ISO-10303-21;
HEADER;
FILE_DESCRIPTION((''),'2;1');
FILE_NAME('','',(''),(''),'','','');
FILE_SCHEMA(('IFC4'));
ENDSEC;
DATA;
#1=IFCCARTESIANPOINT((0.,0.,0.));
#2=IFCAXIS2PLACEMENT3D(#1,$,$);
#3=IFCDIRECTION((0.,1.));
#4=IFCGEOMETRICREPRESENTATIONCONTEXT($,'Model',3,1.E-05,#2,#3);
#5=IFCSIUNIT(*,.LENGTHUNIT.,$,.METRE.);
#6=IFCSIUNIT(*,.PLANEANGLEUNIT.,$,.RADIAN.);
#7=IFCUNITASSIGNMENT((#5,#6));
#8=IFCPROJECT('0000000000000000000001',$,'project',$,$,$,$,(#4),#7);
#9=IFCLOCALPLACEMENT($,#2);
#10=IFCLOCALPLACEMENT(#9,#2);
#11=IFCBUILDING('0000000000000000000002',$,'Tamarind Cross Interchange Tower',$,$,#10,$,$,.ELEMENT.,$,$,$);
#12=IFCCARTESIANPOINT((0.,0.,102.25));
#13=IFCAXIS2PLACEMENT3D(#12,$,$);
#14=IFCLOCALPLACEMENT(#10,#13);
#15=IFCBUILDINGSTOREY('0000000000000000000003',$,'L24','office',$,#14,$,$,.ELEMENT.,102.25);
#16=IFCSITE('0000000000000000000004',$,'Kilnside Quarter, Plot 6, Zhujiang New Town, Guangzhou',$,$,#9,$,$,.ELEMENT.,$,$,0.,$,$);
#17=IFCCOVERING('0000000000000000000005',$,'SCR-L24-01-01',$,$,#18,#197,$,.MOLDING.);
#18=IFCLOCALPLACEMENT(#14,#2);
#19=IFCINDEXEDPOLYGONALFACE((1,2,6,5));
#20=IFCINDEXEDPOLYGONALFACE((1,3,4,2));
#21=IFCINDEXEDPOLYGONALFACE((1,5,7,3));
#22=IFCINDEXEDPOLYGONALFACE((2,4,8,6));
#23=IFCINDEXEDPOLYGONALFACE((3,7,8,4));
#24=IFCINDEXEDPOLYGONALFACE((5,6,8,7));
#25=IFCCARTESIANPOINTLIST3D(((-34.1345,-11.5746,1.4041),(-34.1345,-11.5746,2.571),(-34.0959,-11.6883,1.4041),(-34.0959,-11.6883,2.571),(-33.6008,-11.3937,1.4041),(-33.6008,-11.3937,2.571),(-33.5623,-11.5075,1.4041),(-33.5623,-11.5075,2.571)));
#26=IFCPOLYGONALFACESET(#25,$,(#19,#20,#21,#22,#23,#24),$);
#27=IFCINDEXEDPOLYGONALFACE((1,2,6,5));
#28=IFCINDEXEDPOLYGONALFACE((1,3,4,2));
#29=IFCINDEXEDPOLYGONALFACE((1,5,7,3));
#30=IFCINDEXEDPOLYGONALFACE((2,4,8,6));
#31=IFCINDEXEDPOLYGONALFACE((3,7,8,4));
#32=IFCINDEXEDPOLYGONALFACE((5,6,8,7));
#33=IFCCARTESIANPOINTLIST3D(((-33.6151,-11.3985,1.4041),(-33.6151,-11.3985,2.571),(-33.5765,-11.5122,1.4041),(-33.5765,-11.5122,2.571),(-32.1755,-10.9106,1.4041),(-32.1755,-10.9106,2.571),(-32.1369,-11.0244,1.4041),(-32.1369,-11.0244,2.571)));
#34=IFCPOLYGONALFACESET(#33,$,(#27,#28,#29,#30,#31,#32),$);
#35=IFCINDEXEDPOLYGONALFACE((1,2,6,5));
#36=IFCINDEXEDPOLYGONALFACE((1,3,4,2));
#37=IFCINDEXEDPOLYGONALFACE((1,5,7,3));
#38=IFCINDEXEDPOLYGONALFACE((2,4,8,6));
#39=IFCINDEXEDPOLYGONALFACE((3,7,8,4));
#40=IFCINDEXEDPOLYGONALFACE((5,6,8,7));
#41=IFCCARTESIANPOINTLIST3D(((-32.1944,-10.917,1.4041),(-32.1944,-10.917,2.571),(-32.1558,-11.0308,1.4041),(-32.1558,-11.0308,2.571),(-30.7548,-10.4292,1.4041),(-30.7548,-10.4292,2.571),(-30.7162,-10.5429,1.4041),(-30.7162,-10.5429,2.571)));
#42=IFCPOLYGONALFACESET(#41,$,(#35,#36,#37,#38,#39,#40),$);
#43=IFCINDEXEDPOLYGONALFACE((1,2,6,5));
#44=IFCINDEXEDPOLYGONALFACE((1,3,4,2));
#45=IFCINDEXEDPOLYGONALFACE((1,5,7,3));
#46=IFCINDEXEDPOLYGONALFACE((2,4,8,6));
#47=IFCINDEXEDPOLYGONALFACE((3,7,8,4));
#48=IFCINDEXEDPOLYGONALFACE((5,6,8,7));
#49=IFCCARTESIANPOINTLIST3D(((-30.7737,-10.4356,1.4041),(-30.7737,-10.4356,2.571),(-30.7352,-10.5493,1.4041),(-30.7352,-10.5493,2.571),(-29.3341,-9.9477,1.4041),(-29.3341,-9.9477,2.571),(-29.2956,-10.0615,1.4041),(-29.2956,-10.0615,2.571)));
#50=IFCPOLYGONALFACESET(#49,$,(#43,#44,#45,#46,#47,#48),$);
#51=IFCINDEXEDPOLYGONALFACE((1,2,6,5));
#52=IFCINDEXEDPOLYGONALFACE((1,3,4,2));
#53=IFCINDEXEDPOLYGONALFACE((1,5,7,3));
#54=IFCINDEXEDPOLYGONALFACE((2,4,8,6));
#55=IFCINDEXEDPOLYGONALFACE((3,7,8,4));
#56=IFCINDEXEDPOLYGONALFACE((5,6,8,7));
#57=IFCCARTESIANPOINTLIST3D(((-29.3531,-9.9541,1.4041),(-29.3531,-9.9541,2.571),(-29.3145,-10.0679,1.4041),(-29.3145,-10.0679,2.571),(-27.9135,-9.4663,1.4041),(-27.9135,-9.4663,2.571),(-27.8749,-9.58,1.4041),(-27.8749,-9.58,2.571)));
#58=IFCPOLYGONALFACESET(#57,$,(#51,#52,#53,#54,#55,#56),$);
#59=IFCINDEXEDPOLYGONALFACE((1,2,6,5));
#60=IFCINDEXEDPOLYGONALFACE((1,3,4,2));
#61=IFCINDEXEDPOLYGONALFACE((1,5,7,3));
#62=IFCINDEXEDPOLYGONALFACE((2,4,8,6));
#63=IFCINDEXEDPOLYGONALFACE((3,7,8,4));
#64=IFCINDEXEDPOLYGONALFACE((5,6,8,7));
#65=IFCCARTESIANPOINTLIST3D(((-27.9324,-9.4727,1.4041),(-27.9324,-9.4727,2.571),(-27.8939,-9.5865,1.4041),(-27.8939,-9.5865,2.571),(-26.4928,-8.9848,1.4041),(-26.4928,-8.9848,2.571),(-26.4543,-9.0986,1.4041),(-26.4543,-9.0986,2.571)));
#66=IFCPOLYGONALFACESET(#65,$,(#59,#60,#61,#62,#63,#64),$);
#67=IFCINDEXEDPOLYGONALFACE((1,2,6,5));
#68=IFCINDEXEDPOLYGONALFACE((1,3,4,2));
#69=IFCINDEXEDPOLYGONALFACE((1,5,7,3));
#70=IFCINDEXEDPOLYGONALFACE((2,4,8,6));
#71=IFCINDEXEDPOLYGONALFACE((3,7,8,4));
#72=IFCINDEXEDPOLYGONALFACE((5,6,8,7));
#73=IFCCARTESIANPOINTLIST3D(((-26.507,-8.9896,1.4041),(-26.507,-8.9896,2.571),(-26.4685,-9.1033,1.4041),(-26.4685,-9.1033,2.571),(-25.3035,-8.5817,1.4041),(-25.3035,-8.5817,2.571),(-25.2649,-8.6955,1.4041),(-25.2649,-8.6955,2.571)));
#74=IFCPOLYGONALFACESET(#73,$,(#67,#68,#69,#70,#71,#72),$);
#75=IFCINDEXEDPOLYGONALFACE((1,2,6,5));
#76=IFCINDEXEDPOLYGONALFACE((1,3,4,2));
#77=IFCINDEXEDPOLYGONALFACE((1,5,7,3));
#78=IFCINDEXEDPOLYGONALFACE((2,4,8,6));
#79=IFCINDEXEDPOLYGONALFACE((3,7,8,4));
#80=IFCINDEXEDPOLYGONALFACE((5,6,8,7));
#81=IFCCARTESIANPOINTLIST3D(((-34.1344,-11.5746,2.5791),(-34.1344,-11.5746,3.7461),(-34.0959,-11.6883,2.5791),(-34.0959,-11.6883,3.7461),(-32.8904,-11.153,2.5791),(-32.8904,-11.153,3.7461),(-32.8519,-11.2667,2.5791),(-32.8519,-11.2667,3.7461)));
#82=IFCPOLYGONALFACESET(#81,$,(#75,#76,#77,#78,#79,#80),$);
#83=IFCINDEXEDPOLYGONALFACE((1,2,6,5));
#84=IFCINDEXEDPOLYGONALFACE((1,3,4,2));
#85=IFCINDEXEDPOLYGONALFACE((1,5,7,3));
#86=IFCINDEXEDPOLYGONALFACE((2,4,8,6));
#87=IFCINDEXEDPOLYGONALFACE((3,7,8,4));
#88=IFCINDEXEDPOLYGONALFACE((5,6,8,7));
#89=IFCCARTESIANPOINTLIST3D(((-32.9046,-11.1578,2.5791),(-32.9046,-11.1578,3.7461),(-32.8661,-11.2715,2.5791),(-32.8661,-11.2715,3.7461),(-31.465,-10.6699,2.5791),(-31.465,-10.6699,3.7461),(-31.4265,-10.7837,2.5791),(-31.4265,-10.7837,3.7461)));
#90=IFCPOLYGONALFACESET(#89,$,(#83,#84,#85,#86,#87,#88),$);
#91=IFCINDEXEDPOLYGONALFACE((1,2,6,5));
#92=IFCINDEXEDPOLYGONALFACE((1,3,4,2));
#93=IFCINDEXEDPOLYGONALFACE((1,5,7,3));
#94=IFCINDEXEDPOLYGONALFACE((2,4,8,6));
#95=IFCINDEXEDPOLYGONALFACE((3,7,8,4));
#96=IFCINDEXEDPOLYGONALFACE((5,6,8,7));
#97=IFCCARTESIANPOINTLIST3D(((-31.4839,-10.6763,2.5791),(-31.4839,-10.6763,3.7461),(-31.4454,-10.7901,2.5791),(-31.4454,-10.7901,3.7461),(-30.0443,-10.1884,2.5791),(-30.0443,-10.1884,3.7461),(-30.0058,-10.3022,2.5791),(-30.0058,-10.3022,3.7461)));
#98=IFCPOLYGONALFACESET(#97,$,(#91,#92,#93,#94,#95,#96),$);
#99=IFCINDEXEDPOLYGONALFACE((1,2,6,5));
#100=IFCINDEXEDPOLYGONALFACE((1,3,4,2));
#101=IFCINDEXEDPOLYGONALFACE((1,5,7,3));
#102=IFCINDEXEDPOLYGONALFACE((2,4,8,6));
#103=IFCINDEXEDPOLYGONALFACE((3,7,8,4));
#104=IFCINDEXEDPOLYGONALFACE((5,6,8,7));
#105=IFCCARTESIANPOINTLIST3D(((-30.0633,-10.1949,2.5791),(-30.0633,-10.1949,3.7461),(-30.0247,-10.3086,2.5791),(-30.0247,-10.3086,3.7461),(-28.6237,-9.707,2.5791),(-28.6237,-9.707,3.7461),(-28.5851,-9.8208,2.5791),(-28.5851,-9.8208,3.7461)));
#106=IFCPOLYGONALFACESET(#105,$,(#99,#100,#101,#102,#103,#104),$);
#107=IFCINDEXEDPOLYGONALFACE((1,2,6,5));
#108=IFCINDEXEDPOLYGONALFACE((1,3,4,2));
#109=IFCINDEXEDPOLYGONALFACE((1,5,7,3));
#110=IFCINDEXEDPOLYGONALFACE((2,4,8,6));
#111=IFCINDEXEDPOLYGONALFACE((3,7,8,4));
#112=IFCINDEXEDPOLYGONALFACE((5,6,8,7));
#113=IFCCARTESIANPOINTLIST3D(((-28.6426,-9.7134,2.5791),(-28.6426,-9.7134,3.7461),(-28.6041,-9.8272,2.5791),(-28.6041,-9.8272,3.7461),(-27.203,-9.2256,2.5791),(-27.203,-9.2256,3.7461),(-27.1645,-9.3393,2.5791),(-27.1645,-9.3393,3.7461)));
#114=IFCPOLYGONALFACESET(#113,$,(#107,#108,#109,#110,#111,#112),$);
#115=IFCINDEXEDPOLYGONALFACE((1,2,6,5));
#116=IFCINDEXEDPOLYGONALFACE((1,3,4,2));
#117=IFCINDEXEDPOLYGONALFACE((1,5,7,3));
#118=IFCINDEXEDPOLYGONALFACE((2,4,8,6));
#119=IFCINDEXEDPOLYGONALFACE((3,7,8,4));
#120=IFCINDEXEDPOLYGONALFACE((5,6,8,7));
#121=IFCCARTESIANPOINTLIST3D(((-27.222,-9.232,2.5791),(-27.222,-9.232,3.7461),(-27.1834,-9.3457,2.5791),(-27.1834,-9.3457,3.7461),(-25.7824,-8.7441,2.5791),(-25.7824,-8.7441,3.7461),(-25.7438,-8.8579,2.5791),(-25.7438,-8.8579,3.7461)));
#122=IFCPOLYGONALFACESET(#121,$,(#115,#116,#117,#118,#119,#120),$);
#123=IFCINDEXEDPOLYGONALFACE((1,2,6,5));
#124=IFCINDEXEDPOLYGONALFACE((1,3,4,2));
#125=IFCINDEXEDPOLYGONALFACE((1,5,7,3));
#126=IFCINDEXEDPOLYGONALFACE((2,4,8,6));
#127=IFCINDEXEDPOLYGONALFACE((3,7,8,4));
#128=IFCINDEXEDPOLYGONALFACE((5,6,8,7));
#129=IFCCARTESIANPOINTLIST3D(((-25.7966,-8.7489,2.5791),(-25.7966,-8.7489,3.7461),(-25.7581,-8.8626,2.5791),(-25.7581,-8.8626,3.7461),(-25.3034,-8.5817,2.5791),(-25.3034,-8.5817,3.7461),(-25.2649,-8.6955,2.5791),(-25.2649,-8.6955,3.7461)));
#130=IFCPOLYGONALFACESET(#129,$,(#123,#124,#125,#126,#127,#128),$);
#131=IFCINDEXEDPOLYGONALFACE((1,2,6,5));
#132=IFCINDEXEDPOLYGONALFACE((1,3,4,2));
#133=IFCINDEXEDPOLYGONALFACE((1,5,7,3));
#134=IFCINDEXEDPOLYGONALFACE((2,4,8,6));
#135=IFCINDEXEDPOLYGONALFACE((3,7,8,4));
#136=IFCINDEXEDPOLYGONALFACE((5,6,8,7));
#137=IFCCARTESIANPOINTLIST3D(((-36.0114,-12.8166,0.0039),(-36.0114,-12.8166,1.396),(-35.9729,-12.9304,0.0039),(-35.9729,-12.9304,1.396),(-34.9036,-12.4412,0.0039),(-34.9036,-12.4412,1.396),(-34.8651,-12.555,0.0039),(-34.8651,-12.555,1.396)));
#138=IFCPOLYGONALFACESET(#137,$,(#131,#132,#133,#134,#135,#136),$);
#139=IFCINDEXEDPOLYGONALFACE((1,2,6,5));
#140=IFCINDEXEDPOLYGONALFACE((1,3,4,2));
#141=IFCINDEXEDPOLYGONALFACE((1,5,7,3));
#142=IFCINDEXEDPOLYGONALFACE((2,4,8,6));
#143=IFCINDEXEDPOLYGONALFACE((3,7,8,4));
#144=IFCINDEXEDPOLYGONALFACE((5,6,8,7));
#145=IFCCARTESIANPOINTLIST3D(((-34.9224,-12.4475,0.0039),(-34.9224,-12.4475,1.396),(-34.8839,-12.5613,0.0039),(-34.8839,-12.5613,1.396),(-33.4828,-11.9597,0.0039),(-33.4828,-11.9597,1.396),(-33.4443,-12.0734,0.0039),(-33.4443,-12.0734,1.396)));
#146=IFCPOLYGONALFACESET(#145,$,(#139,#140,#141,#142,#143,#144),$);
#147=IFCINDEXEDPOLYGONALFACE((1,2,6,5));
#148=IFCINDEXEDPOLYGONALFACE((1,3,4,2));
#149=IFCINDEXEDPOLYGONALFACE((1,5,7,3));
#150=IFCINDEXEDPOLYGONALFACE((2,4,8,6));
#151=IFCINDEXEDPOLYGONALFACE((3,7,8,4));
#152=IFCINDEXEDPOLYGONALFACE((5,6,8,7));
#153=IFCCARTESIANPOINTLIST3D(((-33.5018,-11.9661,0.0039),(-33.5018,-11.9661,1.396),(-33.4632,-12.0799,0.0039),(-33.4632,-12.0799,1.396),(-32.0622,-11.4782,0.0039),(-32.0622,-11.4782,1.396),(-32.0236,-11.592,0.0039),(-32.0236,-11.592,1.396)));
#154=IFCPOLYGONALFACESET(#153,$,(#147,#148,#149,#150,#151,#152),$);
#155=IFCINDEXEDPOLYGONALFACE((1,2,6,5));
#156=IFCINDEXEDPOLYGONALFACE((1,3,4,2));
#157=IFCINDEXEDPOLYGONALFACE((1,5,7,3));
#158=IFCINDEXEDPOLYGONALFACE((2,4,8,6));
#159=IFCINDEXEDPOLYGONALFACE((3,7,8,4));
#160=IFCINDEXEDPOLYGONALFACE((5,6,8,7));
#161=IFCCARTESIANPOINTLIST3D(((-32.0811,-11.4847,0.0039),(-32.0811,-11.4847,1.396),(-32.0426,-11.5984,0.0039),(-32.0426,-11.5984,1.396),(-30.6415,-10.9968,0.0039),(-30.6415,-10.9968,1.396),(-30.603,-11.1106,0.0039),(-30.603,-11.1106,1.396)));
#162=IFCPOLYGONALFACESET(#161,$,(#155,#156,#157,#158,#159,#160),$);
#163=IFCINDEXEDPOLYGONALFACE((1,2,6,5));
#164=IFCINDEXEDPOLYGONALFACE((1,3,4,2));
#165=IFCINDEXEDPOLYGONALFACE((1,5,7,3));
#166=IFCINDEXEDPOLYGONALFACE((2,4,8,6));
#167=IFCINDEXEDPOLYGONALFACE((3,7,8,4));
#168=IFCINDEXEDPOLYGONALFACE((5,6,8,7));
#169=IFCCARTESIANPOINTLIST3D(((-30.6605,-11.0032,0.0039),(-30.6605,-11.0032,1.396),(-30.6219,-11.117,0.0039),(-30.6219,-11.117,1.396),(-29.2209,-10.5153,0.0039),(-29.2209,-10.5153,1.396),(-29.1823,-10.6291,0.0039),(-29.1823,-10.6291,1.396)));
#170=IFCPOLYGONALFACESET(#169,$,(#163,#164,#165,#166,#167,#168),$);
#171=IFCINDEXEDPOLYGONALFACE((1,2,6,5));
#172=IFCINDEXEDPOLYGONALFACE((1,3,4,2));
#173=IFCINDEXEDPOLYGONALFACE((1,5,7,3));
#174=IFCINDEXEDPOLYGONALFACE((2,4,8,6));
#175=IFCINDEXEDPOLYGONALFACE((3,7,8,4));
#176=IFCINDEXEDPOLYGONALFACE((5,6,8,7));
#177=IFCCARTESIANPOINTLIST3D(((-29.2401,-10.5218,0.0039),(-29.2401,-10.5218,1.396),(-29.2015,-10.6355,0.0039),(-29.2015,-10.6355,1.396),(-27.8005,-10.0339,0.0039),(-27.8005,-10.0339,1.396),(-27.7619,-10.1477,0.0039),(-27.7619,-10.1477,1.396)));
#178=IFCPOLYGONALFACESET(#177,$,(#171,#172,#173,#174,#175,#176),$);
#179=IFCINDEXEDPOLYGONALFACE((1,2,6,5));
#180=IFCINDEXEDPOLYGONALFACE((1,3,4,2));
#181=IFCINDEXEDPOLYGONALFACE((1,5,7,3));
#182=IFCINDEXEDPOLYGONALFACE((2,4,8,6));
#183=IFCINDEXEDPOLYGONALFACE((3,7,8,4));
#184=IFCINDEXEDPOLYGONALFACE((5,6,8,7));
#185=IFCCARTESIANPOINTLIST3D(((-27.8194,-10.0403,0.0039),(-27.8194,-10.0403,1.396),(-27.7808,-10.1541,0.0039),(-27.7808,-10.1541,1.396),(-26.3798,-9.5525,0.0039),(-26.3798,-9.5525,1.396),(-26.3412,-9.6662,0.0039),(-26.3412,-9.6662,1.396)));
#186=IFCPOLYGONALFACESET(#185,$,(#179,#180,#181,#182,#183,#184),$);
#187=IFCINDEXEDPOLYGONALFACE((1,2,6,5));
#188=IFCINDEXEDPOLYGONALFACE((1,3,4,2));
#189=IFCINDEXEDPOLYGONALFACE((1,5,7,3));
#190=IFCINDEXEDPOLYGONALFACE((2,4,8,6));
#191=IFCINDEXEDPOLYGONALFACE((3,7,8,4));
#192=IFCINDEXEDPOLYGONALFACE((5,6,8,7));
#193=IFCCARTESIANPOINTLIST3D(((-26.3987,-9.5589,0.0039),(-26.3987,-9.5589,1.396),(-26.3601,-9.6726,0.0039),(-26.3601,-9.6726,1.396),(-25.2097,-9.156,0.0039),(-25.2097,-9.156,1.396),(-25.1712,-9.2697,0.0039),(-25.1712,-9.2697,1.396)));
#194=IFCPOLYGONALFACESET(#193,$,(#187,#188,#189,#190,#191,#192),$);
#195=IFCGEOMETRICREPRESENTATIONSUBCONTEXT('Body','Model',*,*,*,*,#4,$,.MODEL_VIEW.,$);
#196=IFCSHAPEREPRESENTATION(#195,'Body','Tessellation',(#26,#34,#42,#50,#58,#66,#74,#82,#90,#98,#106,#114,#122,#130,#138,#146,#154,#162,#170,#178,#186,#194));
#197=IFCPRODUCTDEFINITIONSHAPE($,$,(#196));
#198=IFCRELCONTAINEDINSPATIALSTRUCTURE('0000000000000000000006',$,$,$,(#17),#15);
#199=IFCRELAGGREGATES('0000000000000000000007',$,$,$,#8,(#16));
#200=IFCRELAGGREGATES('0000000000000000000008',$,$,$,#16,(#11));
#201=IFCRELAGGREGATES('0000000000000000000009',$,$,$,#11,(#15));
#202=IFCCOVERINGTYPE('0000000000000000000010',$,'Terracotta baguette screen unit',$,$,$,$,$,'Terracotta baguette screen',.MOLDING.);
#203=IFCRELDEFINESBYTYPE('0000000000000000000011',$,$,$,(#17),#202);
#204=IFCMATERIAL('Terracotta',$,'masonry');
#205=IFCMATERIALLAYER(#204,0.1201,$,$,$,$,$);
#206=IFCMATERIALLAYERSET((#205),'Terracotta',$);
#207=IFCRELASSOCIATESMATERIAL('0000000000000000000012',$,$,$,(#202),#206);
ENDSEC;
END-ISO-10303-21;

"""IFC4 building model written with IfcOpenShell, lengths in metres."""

from ifc_helpers import new_model, si_unit, direction, frame, origin, origin_2d, place, context, subcontext, project, spatial, rectangle, extrude, material, layer, layer_set, type_object, element, save


model = new_model("IFC4")

# Units and contexts
model_context = context("Model", 3, precision=1e-05, world=origin(), true_north=direction((0.0, 1.0)))
body_context = subcontext(model_context, "Body", "Model", "MODEL_VIEW")
ifc_project = project(units=[si_unit("LENGTHUNIT", "METRE"), si_unit("PLANEANGLEUNIT", "RADIAN")], contexts=[model_context])

# Site, building, storey
site_placement = place(None, origin())
site = spatial("IfcSite", under=ifc_project, at=site_placement, Name="Kilnside Quarter, Plot 6, Zhujiang New Town, Guangzhou", CompositionType="ELEMENT", RefElevation=0.0)
building_placement = place(site_placement, origin())
building = spatial("IfcBuilding", under=site, at=building_placement, Name="Tamarind Cross Interchange Tower", CompositionType="ELEMENT")
storey_placement = place(building_placement, frame((0.0, 0.0, 102.25)))
storey = spatial("IfcBuildingStorey", under=building, at=storey_placement, Name="L24", Description="office", CompositionType="ELEMENT", Elevation=102.25)

# Covering
ifc_material_1 = material(Name="Terracotta", Category="masonry")
ifc_layer_1 = layer(ifc_material_1, 0.1201)
ifc_layer_set_1 = layer_set([ifc_layer_1], Name="Terracotta")
covering_type = type_object("IfcCoveringType", Name="Terracotta baguette screen unit", ElementType="Terracotta baguette screen", PredefinedType="MOLDING", material=ifc_layer_set_1)
covering_1_placement = place(storey_placement, origin())
element("IfcCovering", 1, at=covering_1_placement, inside=storey, type_object=covering_type, Name="SCR-L24-01-01", PredefinedType="MOLDING", context=body_context, shape_type="SweptSolid", body=[
    extrude(rectangle(XDim=0.5635, YDim=0.1201, at=origin_2d()), frame((-33.8484, -11.541, 1.4041), z_axis=(0.0, 0.0, 1.0), x_axis=(0.947093, 0.320959, 0.0)), (0.0, 0.0, 1.0), 1.167),
    extrude(rectangle(XDim=1.52, YDim=0.1201, at=origin_2d()), frame((-32.876, -11.2114, 1.4041), z_axis=(0.0, 0.0, 1.0), x_axis=(0.947093, 0.320959, 0.0)), (0.0, 0.0, 1.0), 1.167),
    extrude(rectangle(XDim=1.52, YDim=0.1201, at=origin_2d()), frame((-31.4553, -10.73, 1.4041), z_axis=(0.0, 0.0, 1.0), x_axis=(0.947093, 0.320959, 0.0)), (0.0, 0.0, 1.0), 1.167),
    extrude(rectangle(XDim=1.52, YDim=0.1201, at=origin_2d()), frame((-30.0347, -10.2485, 1.4041), z_axis=(0.0, 0.0, 1.0), x_axis=(0.947093, 0.320959, 0.0)), (0.0, 0.0, 1.0), 1.167),
    extrude(rectangle(XDim=1.52, YDim=0.1201, at=origin_2d()), frame((-28.614, -9.7671, 1.4041), z_axis=(0.0, 0.0, 1.0), x_axis=(0.947093, 0.320959, 0.0)), (0.0, 0.0, 1.0), 1.167),
    extrude(rectangle(XDim=1.52, YDim=0.1201, at=origin_2d()), frame((-27.1934, -9.2856, 1.4041), z_axis=(0.0, 0.0, 1.0), x_axis=(0.947093, 0.320959, 0.0)), (0.0, 0.0, 1.0), 1.167),
    extrude(rectangle(XDim=1.2708, YDim=0.1201, at=origin_2d()), frame((-25.886, -8.8425, 1.4041), z_axis=(0.0, 0.0, 1.0), x_axis=(0.947093, 0.320959, 0.0)), (0.0, 0.0, 1.0), 1.167),
    extrude(rectangle(XDim=1.3135, YDim=0.1201, at=origin_2d()), frame((-33.4932, -11.4207, 2.5791), z_axis=(0.0, 0.0, 1.0), x_axis=(0.947093, 0.320959, 0.0)), (0.0, 0.0, 1.0), 1.167),
    extrude(rectangle(XDim=1.52, YDim=0.1201, at=origin_2d()), frame((-32.1655, -10.9707, 2.5791), z_axis=(0.0, 0.0, 1.0), x_axis=(0.947093, 0.320959, 0.0)), (0.0, 0.0, 1.0), 1.167),
    extrude(rectangle(XDim=1.52, YDim=0.1201, at=origin_2d()), frame((-30.7449, -10.4893, 2.5791), z_axis=(0.0, 0.0, 1.0), x_axis=(0.947093, 0.320959, 0.0)), (0.0, 0.0, 1.0), 1.167),
    extrude(rectangle(XDim=1.52, YDim=0.1201, at=origin_2d()), frame((-29.3242, -10.0078, 2.5791), z_axis=(0.0, 0.0, 1.0), x_axis=(0.947093, 0.320959, 0.0)), (0.0, 0.0, 1.0), 1.167),
    extrude(rectangle(XDim=1.52, YDim=0.1201, at=origin_2d()), frame((-27.9036, -9.5264, 2.5791), z_axis=(0.0, 0.0, 1.0), x_axis=(0.947093, 0.320959, 0.0)), (0.0, 0.0, 1.0), 1.167),
    extrude(rectangle(XDim=1.52, YDim=0.1201, at=origin_2d()), frame((-26.4829, -9.0449, 2.5791), z_axis=(0.0, 0.0, 1.0), x_axis=(0.947093, 0.320959, 0.0)), (0.0, 0.0, 1.0), 1.167),
    extrude(rectangle(XDim=0.5208, YDim=0.1201, at=origin_2d()), frame((-25.5308, -8.7222, 2.5791), z_axis=(0.0, 0.0, 1.0), x_axis=(0.947093, 0.320959, 0.0)), (0.0, 0.0, 1.0), 1.167),
    extrude(rectangle(XDim=1.1697, YDim=0.1201, at=origin_2d()), frame((-35.4382, -12.6858, 0.0039), z_axis=(0.0, 0.0, 1.0), x_axis=(0.947093, 0.320959, 0.0)), (0.0, 0.0, 1.0), 1.3921),
    extrude(rectangle(XDim=1.52, YDim=0.1201, at=origin_2d()), frame((-34.1833, -12.2605, 0.0039), z_axis=(0.0, 0.0, 1.0), x_axis=(0.947093, 0.320959, 0.0)), (0.0, 0.0, 1.0), 1.3921),
    extrude(rectangle(XDim=1.52, YDim=0.1201, at=origin_2d()), frame((-32.7627, -11.7791, 0.0039), z_axis=(0.0, 0.0, 1.0), x_axis=(0.947093, 0.320959, 0.0)), (0.0, 0.0, 1.0), 1.3921),
    extrude(rectangle(XDim=1.52, YDim=0.1201, at=origin_2d()), frame((-31.342, -11.2976, 0.0039), z_axis=(0.0, 0.0, 1.0), x_axis=(0.947093, 0.320959, 0.0)), (0.0, 0.0, 1.0), 1.3921),
    extrude(rectangle(XDim=1.52, YDim=0.1201, at=origin_2d()), frame((-29.9214, -10.8162, 0.0039), z_axis=(0.0, 0.0, 1.0), x_axis=(0.947093, 0.320959, 0.0)), (0.0, 0.0, 1.0), 1.3921),
    extrude(rectangle(XDim=1.52, YDim=0.1201, at=origin_2d()), frame((-28.501, -10.3347, 0.0039), z_axis=(0.0, 0.0, 1.0), x_axis=(0.947093, 0.320959, 0.0)), (0.0, 0.0, 1.0), 1.3921),
    extrude(rectangle(XDim=1.52, YDim=0.1201, at=origin_2d()), frame((-27.0803, -9.8533, 0.0039), z_axis=(0.0, 0.0, 1.0), x_axis=(0.947093, 0.320959, 0.0)), (0.0, 0.0, 1.0), 1.3921),
    extrude(rectangle(XDim=1.2554, YDim=0.1201, at=origin_2d()), frame((-25.7849, -9.4143, 0.0039), z_axis=(0.0, 0.0, 1.0), x_axis=(0.947093, 0.320959, 0.0)), (0.0, 0.0, 1.0), 1.3921),
])

save(model, "model.ifc")
